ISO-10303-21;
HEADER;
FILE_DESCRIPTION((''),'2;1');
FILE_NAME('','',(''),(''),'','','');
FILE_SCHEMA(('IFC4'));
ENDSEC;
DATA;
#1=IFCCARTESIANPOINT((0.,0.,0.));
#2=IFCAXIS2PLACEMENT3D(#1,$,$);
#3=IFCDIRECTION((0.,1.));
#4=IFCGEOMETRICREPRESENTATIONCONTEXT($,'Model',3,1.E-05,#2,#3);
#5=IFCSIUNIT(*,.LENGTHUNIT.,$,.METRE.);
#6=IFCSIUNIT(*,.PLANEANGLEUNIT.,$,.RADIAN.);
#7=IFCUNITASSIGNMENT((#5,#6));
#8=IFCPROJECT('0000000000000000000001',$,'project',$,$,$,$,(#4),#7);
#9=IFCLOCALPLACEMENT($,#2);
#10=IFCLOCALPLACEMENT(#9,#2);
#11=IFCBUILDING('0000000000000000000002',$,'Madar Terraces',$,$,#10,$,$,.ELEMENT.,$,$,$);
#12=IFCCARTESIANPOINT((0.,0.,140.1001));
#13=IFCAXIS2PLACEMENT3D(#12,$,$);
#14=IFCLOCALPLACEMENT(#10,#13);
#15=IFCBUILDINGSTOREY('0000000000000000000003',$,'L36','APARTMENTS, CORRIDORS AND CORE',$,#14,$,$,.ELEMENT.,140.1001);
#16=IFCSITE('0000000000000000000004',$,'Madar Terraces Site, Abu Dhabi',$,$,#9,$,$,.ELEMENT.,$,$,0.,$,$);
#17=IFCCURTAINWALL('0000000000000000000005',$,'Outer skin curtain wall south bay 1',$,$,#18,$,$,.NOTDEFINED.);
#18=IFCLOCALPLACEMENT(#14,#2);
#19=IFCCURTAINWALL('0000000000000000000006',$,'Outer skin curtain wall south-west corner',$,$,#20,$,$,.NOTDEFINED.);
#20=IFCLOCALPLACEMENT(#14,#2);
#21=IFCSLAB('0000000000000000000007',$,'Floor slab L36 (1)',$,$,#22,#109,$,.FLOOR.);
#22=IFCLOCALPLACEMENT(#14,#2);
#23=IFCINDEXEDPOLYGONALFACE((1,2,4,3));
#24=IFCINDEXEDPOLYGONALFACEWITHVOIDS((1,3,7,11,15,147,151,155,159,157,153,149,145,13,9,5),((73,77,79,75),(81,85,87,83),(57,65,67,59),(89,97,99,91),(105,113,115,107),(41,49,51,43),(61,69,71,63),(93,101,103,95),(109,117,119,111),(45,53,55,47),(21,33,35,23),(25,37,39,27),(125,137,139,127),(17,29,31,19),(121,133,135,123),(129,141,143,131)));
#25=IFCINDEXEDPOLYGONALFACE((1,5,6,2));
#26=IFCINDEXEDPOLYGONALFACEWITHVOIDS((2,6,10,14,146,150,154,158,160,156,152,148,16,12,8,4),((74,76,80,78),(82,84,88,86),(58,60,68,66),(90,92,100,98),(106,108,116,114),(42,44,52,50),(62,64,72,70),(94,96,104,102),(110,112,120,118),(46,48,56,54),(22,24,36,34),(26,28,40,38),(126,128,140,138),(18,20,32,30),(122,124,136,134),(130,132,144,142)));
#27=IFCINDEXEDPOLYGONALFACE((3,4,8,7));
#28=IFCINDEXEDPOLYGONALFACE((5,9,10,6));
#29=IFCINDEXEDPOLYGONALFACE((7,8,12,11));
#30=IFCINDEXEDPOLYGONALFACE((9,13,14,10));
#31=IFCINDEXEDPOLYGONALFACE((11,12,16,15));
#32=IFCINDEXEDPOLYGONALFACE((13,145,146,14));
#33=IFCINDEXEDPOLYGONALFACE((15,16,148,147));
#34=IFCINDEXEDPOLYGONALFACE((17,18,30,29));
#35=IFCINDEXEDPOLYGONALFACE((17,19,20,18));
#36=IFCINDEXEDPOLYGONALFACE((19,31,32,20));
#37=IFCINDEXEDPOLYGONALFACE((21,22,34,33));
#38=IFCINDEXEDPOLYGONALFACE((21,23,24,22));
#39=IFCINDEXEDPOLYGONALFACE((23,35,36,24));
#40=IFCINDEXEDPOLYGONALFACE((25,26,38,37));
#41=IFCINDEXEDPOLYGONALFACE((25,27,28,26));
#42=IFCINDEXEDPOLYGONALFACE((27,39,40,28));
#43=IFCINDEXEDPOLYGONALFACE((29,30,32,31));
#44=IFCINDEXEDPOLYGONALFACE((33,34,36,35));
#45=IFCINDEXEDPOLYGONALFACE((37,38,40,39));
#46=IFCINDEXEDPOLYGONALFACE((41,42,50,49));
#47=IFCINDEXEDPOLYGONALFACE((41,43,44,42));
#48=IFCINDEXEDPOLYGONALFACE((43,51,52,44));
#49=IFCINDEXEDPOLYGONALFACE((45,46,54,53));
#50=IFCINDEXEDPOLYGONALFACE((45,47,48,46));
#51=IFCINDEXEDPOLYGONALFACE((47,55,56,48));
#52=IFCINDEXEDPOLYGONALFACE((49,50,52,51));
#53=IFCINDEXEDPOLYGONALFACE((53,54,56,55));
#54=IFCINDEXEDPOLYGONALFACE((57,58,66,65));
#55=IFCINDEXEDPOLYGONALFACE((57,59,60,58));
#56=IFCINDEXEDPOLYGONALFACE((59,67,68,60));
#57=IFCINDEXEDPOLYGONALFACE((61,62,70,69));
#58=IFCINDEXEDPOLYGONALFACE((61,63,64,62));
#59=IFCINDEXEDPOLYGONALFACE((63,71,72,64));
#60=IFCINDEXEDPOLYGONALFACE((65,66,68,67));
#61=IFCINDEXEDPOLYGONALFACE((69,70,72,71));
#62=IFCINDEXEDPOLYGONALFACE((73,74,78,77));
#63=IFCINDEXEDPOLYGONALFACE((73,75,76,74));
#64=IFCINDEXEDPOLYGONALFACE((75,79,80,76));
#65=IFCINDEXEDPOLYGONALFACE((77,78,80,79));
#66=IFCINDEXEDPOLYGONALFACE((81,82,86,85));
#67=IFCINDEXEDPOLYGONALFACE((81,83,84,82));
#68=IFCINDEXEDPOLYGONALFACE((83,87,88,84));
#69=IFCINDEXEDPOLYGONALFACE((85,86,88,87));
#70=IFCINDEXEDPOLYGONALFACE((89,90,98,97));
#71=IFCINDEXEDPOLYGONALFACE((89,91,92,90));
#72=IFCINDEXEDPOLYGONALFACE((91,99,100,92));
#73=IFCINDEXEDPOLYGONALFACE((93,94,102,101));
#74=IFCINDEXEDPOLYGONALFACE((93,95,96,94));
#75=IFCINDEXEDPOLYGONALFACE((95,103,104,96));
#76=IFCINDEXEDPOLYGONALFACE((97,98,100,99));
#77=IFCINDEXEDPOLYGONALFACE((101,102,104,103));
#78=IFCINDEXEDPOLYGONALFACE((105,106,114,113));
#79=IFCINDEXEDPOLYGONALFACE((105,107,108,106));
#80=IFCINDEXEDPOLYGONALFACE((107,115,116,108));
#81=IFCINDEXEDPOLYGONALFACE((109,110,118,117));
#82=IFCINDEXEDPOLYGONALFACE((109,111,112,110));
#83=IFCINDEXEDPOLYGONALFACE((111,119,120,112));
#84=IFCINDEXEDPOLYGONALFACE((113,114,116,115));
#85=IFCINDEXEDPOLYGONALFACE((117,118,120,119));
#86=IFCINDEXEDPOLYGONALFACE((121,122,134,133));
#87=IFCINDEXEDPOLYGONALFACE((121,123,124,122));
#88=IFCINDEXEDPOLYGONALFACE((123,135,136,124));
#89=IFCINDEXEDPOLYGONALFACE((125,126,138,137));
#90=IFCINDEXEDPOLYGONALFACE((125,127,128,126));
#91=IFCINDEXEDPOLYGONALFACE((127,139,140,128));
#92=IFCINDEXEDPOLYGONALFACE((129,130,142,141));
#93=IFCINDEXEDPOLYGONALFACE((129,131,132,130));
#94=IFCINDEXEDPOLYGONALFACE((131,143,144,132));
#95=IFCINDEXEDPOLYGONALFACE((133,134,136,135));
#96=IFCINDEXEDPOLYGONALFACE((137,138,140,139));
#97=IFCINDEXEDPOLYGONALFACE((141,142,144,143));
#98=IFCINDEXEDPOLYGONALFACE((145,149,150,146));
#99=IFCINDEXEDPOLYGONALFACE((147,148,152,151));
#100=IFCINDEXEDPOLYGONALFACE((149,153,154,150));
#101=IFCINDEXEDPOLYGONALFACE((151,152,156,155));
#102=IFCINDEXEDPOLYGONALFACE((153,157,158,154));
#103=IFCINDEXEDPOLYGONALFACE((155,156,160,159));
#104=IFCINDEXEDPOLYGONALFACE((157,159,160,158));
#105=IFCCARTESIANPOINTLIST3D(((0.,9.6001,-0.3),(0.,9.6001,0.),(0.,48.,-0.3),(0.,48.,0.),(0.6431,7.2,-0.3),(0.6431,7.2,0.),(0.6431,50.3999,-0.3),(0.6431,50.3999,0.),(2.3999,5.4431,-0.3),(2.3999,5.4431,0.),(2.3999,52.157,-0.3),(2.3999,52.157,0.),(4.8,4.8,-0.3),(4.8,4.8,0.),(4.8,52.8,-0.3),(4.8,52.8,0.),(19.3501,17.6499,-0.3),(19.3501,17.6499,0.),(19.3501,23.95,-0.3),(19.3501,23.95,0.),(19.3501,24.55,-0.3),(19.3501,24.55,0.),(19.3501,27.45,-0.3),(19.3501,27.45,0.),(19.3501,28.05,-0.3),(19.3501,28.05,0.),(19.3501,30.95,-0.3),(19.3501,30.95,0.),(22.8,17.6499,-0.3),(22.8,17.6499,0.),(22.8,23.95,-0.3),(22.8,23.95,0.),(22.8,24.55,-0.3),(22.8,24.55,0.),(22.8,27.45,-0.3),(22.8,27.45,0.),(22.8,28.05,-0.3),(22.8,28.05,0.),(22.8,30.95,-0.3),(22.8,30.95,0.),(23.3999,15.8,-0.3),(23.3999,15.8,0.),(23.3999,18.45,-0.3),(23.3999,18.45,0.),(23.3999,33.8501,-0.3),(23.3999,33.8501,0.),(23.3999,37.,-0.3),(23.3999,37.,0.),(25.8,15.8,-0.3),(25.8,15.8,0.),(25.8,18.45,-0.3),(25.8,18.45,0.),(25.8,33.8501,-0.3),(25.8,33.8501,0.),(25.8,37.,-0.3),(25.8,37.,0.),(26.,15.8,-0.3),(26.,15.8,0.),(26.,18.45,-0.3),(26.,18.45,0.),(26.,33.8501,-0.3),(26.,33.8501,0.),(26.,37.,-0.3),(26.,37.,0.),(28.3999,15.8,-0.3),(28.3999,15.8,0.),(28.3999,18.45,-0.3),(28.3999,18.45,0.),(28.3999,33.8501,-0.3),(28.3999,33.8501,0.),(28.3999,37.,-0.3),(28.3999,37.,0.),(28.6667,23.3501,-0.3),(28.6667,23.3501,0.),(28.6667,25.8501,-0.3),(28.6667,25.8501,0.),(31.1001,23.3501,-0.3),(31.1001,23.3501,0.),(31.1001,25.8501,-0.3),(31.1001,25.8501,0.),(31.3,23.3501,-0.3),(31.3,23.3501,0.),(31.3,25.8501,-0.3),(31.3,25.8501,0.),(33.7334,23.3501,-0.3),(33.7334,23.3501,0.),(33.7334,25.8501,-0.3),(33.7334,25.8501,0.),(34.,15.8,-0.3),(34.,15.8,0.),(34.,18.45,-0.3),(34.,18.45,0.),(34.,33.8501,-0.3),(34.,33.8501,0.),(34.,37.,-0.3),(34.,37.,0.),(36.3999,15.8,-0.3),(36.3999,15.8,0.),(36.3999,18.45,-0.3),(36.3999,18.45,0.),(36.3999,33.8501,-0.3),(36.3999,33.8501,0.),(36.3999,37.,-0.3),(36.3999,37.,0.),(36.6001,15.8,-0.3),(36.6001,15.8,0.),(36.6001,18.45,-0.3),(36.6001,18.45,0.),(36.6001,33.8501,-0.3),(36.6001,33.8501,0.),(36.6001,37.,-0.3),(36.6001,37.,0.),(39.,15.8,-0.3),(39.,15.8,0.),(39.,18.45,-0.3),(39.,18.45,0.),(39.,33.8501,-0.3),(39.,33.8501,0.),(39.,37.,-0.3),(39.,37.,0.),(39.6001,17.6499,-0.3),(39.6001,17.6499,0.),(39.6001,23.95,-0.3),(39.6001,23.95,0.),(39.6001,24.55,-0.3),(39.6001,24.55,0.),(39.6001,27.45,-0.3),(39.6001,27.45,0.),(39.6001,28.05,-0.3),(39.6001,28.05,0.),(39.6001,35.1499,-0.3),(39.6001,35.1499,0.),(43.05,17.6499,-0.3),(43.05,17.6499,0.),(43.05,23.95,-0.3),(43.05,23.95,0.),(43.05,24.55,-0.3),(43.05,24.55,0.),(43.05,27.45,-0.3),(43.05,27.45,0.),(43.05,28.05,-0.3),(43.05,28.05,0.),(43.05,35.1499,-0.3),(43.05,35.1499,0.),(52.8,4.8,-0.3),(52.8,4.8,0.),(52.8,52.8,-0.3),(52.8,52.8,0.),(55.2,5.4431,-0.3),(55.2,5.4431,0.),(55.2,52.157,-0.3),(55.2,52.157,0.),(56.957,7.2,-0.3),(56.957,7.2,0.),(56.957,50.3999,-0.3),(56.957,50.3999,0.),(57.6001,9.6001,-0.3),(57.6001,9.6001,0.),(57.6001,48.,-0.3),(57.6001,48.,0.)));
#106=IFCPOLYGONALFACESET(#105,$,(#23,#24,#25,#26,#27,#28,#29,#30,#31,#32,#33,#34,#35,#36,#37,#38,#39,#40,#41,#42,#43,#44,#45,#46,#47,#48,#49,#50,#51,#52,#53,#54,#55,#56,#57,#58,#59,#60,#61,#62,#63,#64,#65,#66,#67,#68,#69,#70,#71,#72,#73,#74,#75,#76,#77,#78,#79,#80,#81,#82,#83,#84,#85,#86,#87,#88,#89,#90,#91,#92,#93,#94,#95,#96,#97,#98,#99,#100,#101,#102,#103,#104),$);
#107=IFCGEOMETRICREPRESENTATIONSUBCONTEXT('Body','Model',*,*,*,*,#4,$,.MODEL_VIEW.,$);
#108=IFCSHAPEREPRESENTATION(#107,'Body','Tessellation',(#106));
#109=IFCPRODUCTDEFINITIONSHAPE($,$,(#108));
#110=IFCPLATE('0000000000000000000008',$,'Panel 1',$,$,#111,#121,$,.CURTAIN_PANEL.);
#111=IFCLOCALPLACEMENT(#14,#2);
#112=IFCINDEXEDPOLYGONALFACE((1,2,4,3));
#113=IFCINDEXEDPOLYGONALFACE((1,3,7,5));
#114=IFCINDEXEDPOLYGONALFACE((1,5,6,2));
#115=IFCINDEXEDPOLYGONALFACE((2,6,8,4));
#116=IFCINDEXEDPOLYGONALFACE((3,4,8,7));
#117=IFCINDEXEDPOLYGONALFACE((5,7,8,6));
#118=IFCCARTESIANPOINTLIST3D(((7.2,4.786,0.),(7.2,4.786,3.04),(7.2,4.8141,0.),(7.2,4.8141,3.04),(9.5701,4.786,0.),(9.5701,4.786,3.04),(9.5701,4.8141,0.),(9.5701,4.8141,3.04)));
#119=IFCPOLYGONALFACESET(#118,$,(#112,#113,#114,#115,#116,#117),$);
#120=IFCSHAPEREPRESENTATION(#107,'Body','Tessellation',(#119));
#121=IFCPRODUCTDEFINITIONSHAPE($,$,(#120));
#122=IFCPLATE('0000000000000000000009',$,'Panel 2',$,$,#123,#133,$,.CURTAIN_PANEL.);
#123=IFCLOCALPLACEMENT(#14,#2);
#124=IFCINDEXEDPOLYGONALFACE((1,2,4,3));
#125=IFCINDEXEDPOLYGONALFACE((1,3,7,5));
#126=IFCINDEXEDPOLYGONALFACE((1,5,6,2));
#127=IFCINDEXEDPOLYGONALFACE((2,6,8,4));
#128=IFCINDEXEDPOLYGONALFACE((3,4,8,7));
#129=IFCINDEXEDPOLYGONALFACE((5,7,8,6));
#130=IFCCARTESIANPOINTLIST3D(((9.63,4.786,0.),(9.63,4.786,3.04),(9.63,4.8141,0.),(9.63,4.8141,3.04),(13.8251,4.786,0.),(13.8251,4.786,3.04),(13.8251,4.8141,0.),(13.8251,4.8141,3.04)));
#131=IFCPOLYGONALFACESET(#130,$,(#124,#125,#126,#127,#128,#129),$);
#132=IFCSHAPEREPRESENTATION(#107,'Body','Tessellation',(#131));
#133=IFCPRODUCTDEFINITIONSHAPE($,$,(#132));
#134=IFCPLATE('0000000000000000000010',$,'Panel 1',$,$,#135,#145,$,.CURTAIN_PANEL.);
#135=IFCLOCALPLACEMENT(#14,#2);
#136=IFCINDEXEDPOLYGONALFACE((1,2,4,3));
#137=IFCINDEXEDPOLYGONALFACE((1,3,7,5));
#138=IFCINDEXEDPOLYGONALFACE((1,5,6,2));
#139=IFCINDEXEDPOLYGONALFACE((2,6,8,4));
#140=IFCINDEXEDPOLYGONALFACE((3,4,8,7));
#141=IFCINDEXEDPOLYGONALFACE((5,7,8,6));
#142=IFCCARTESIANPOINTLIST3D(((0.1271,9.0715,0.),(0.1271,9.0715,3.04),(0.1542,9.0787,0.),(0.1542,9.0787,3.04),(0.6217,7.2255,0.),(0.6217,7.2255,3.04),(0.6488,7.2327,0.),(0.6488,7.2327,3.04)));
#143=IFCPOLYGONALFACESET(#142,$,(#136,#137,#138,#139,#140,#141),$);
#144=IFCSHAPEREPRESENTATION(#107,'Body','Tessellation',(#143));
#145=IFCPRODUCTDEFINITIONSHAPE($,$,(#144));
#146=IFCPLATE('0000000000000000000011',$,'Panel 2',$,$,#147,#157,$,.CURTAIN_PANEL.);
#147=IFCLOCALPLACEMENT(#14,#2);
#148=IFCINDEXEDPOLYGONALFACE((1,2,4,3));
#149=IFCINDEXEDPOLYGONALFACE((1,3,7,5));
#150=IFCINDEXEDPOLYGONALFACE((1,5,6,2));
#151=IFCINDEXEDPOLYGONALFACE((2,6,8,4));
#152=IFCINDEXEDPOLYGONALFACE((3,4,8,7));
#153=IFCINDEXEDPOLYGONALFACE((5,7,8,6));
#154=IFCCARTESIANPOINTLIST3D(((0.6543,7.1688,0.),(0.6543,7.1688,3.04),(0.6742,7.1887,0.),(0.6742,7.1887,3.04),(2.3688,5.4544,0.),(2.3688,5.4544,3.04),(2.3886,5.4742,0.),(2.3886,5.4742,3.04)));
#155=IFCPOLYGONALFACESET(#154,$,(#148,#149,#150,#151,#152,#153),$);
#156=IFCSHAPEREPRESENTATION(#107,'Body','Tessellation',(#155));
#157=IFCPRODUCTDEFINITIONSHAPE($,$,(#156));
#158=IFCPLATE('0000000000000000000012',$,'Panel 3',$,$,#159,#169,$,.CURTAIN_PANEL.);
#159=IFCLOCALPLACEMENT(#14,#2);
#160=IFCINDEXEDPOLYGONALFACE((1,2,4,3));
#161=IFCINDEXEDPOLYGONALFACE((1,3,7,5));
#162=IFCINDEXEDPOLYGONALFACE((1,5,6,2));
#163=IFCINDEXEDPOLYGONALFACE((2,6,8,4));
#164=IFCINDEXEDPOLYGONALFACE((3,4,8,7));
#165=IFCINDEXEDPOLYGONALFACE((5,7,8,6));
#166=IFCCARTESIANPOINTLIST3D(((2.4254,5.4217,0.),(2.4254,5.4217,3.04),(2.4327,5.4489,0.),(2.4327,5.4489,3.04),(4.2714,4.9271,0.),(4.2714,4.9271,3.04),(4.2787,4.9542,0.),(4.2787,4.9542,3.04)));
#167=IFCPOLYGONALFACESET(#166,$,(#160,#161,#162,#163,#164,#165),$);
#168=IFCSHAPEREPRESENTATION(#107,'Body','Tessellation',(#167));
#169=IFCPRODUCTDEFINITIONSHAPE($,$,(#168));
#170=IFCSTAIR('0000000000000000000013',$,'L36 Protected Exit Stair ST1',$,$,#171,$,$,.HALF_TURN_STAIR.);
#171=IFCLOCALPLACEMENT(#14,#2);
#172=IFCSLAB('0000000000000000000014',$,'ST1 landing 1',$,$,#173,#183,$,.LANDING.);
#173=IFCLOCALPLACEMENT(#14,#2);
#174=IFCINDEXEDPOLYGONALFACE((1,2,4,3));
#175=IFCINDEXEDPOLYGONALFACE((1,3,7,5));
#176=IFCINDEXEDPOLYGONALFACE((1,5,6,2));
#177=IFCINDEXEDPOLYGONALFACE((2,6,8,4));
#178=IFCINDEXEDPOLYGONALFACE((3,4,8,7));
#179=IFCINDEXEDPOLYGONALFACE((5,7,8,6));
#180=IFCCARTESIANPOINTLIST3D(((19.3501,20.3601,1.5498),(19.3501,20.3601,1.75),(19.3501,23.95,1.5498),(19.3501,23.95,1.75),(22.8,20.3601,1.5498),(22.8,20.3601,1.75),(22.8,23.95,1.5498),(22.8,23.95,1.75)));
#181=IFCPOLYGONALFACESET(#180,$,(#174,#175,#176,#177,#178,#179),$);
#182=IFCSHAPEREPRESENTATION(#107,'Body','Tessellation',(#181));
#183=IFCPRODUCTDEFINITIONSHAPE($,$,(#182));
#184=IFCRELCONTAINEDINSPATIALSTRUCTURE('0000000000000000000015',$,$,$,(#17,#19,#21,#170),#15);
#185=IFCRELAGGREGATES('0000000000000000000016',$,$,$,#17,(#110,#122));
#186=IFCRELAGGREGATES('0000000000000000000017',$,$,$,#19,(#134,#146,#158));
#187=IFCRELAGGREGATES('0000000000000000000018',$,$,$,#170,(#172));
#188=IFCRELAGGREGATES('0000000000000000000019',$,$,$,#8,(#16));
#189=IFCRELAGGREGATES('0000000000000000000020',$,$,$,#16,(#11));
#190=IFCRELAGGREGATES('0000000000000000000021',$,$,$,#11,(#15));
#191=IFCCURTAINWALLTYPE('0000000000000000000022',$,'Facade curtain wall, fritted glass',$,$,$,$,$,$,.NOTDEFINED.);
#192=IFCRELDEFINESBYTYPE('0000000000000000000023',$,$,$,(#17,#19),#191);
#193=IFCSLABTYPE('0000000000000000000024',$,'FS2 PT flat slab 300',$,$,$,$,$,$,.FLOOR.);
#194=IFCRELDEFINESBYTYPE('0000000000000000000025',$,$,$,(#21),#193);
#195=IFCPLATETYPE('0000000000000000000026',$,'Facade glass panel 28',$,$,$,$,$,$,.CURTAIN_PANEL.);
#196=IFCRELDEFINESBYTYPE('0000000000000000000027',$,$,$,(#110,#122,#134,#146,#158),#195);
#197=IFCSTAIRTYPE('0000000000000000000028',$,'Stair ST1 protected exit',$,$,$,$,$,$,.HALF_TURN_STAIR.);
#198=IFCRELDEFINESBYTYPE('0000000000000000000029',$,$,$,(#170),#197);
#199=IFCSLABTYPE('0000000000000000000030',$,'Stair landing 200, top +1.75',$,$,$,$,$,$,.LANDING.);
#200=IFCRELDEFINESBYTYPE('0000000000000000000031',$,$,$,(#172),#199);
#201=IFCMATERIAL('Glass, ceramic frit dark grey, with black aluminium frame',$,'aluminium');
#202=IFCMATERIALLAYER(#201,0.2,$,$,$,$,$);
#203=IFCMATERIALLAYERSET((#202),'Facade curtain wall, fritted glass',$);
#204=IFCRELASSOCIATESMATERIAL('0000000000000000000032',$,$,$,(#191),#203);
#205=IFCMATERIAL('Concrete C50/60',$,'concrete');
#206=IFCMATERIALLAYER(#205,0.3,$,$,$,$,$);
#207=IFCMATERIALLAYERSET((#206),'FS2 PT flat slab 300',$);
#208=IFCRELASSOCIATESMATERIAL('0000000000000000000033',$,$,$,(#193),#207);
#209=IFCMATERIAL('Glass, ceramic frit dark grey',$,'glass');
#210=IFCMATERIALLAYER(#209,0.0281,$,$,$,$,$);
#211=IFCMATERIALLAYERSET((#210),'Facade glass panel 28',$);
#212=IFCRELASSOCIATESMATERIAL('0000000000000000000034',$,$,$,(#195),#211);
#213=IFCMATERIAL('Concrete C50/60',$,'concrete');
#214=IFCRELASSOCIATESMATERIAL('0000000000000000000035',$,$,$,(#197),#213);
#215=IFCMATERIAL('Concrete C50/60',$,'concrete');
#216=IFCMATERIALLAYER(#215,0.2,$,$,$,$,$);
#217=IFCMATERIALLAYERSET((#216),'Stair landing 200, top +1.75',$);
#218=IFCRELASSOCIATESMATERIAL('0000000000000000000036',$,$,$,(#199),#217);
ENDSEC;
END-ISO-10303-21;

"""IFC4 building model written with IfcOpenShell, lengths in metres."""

from ifc_helpers import new_model, si_unit, direction, frame, origin, origin_2d, place, context, subcontext, project, spatial, polyline, rectangle, outline, extrude, material, layer, layer_set, type_object, element, aggregate, save


model = new_model("IFC4")

# Units and contexts
model_context = context("Model", 3, precision=1e-05, world=origin(), true_north=direction((0.0, 1.0)))
body_context = subcontext(model_context, "Body", "Model", "MODEL_VIEW")
ifc_project = project(units=[si_unit("LENGTHUNIT", "METRE"), si_unit("PLANEANGLEUNIT", "RADIAN")], contexts=[model_context])

# Site, building, storey
site_placement = place(None, origin())
site = spatial("IfcSite", under=ifc_project, at=site_placement, Name="Madar Terraces Site, Abu Dhabi", CompositionType="ELEMENT", RefElevation=0.0)
building_placement = place(site_placement, origin())
building = spatial("IfcBuilding", under=site, at=building_placement, Name="Madar Terraces", CompositionType="ELEMENT")
storey_placement = place(building_placement, frame((0.0, 0.0, 140.1001)))
storey = spatial("IfcBuildingStorey", under=building, at=storey_placement, Name="L36", Description="APARTMENTS, CORRIDORS AND CORE", CompositionType="ELEMENT", Elevation=140.1001)

# Curtain wall
ifc_material_1 = material(Name="Glass, ceramic frit dark grey, with black aluminium frame", Category="aluminium")
ifc_layer_1 = layer(ifc_material_1, 0.2)
ifc_layer_set_1 = layer_set([ifc_layer_1], Name="Facade curtain wall, fritted glass")
curtain_wall_type = type_object("IfcCurtainWallType", Name="Facade curtain wall, fritted glass", PredefinedType="NOTDEFINED", material=ifc_layer_set_1)
curtain_wall_1_placement = place(storey_placement, origin())
curtain_wall_1 = element("IfcCurtainWall", 1, at=curtain_wall_1_placement, inside=storey, type_object=curtain_wall_type, Name="Outer skin curtain wall south bay 1", PredefinedType="NOTDEFINED")

# Curtain wall
curtain_wall_2_placement = place(storey_placement, origin())
curtain_wall_2 = element("IfcCurtainWall", 2, at=curtain_wall_2_placement, inside=storey, type_object=curtain_wall_type, Name="Outer skin curtain wall south-west corner", PredefinedType="NOTDEFINED")

# Slab
ifc_material_2 = material(Name="Concrete C50/60", Category="concrete")
ifc_layer_2 = layer(ifc_material_2, 0.3)
ifc_layer_set_2 = layer_set([ifc_layer_2], Name="FS2 PT flat slab 300")
slab_type_1 = type_object("IfcSlabType", Name="FS2 PT flat slab 300", PredefinedType="FLOOR", material=ifc_layer_set_2)
slab_1_placement = place(storey_placement, frame((0.0, 0.0, -0.3)))
element("IfcSlab", 3, at=slab_1_placement, inside=storey, type_object=slab_type_1, Name="Floor slab L36 (1)", PredefinedType="FLOOR", context=body_context, shape_type="SweptSolid", body=[
    extrude(outline(polyline([(52.8, 4.8), (55.2, 5.4431), (56.957, 7.2), (57.6001, 9.6001), (57.6001, 48.0), (56.957, 50.3999), (55.2, 52.157), (52.8, 52.8), (4.8, 52.8), (2.3999, 52.157), (0.6431, 50.3999), (0.0, 48.0), (0.0, 9.6001), (0.6431, 7.2), (2.3999, 5.4431), (4.8, 4.8), (52.8, 4.8)]), holes=[polyline([(23.3999, 15.8), (23.3999, 18.45), (25.8, 18.45), (25.8, 15.8), (23.3999, 15.8)]), polyline([(26.0, 15.8), (26.0, 18.45), (28.3999, 18.45), (28.3999, 15.8), (26.0, 15.8)]), polyline([(19.3501, 17.6499), (19.3501, 23.95), (22.8, 23.95), (22.8, 17.6499), (19.3501, 17.6499)]), polyline([(28.6667, 23.3501), (28.6667, 25.8501), (31.1001, 25.8501), (31.1001, 23.3501), (28.6667, 23.3501)]), polyline([(19.3501, 24.55), (19.3501, 27.45), (22.8, 27.45), (22.8, 24.55), (19.3501, 24.55)]), polyline([(19.3501, 28.05), (19.3501, 30.95), (22.8, 30.95), (22.8, 28.05), (19.3501, 28.05)]), polyline([(23.3999, 33.8501), (23.3999, 37.0), (25.8, 37.0), (25.8, 33.8501), (23.3999, 33.8501)]), polyline([(26.0, 33.8501), (26.0, 37.0), (28.3999, 37.0), (28.3999, 33.8501), (26.0, 33.8501)]), polyline([(34.0, 15.8), (34.0, 18.45), (36.3999, 18.45), (36.3999, 15.8), (34.0, 15.8)]), polyline([(36.6001, 15.8), (36.6001, 18.45), (39.0, 18.45), (39.0, 15.8), (36.6001, 15.8)]), polyline([(39.6001, 17.6499), (39.6001, 23.95), (43.05, 23.95), (43.05, 17.6499), (39.6001, 17.6499)]), polyline([(31.3, 23.3501), (31.3, 25.8501), (33.7334, 25.8501), (33.7334, 23.3501), (31.3, 23.3501)]), polyline([(39.6001, 24.55), (39.6001, 27.45), (43.05, 27.45), (43.05, 24.55), (39.6001, 24.55)]), polyline([(39.6001, 28.05), (39.6001, 35.1499), (43.05, 35.1499), (43.05, 28.05), (39.6001, 28.05)]), polyline([(34.0, 33.8501), (34.0, 37.0), (36.3999, 37.0), (36.3999, 33.8501), (34.0, 33.8501)]), polyline([(36.6001, 33.8501), (36.6001, 37.0), (39.0, 37.0), (39.0, 33.8501), (36.6001, 33.8501)])]), origin(), (0.0, 0.0, 1.0), 0.3),
])

# Plates
ifc_material_3 = material(Name="Glass, ceramic frit dark grey", Category="glass")
ifc_layer_3 = layer(ifc_material_3, 0.0281)
ifc_layer_set_3 = layer_set([ifc_layer_3], Name="Facade glass panel 28")
plate_type = type_object("IfcPlateType", Name="Facade glass panel 28", PredefinedType="CURTAIN_PANEL", material=ifc_layer_set_3)
plate_1_placement = place(storey_placement, frame((8.385, 4.8, 0.0), z_axis=(0.0, 0.0, 1.0), x_axis=(1.0, 0.0, 0.0)))
plate_1 = element("IfcPlate", 4, at=plate_1_placement, type_object=plate_type, Name="Panel 1", PredefinedType="CURTAIN_PANEL", context=body_context, shape_type="SweptSolid", body=[
    extrude(rectangle(XDim=2.3701, YDim=0.0281, at=origin_2d()), origin(), (0.0, 0.0, 1.0), 3.04),
])
plate_2_placement = place(storey_placement, frame((11.7275, 4.8, 0.0), z_axis=(0.0, 0.0, 1.0), x_axis=(1.0, 0.0, 0.0)))
plate_2 = element("IfcPlate", 5, at=plate_2_placement, type_object=plate_type, Name="Panel 2", PredefinedType="CURTAIN_PANEL", context=body_context, shape_type="SweptSolid", body=[
    extrude(rectangle(XDim=4.1951, YDim=0.0281, at=origin_2d()), origin(), (0.0, 0.0, 1.0), 3.04),
])
aggregate(curtain_wall_1, [plate_1, plate_2])
plate_3_placement = place(storey_placement, frame((0.3879, 8.1521, 0.0), z_axis=(0.0, 0.0, 1.0), x_axis=(0.258819, -0.965926, 0.0)))
plate_3 = element("IfcPlate", 6, at=plate_3_placement, type_object=plate_type, Name="Panel 1", PredefinedType="CURTAIN_PANEL", context=body_context, shape_type="SweptSolid", body=[
    extrude(rectangle(XDim=1.9111, YDim=0.0281, at=origin_2d()), origin(), (0.0, 0.0, 1.0), 3.04),
])
plate_4_placement = place(storey_placement, frame((1.5215, 6.3215, 0.0), z_axis=(0.0, 0.0, 1.0), x_axis=(0.707107, -0.707107, 0.0)))
plate_4 = element("IfcPlate", 7, at=plate_4_placement, type_object=plate_type, Name="Panel 2", PredefinedType="CURTAIN_PANEL", context=body_context, shape_type="SweptSolid", body=[
    extrude(rectangle(XDim=2.4246, YDim=0.0281, at=origin_2d()), origin(), (0.0, 0.0, 1.0), 3.04),
])
plate_5_placement = place(storey_placement, frame((3.3521, 5.188, 0.0), z_axis=(0.0, 0.0, 1.0), x_axis=(0.965926, -0.258819, 0.0)))
plate_5 = element("IfcPlate", 8, at=plate_5_placement, type_object=plate_type, Name="Panel 3", PredefinedType="CURTAIN_PANEL", context=body_context, shape_type="SweptSolid", body=[
    extrude(rectangle(XDim=1.9111, YDim=0.0281, at=origin_2d()), origin(), (0.0, 0.0, 1.0), 3.04),
])
aggregate(curtain_wall_2, [plate_3, plate_4, plate_5])

# Stair, slab
ifc_material_4 = material(Name="Concrete C50/60", Category="concrete")
stair_type_1 = type_object("IfcStairType", Name="Stair ST1 protected exit", PredefinedType="HALF_TURN_STAIR", material=ifc_material_4)
stair_1_placement = place(storey_placement, origin())
stair_1 = element("IfcStair", 9, at=stair_1_placement, inside=storey, type_object=stair_type_1, Name="L36 Protected Exit Stair ST1", PredefinedType="HALF_TURN_STAIR")
ifc_material_5 = material(Name="Concrete C50/60", Category="concrete")
ifc_layer_4 = layer(ifc_material_5, 0.2)
ifc_layer_set_4 = layer_set([ifc_layer_4], Name="Stair landing 200, top +1.75")
slab_type_2 = type_object("IfcSlabType", Name="Stair landing 200, top +1.75", PredefinedType="LANDING", material=ifc_layer_set_4)
slab_2_placement = place(storey_placement, frame((0.0, 0.0, 1.5498)))
slab_2 = element("IfcSlab", 10, at=slab_2_placement, type_object=slab_type_2, Name="ST1 landing 1", PredefinedType="LANDING", context=body_context, shape_type="SweptSolid", body=[
    extrude(outline(polyline([(19.3501, 20.3601), (22.8, 20.3601), (22.8, 23.95), (19.3501, 23.95), (19.3501, 20.3601)])), origin(), (0.0, 0.0, 1.0), 0.2002),
])
aggregate(stair_1, [slab_2])

save(model, "model.ifc")
